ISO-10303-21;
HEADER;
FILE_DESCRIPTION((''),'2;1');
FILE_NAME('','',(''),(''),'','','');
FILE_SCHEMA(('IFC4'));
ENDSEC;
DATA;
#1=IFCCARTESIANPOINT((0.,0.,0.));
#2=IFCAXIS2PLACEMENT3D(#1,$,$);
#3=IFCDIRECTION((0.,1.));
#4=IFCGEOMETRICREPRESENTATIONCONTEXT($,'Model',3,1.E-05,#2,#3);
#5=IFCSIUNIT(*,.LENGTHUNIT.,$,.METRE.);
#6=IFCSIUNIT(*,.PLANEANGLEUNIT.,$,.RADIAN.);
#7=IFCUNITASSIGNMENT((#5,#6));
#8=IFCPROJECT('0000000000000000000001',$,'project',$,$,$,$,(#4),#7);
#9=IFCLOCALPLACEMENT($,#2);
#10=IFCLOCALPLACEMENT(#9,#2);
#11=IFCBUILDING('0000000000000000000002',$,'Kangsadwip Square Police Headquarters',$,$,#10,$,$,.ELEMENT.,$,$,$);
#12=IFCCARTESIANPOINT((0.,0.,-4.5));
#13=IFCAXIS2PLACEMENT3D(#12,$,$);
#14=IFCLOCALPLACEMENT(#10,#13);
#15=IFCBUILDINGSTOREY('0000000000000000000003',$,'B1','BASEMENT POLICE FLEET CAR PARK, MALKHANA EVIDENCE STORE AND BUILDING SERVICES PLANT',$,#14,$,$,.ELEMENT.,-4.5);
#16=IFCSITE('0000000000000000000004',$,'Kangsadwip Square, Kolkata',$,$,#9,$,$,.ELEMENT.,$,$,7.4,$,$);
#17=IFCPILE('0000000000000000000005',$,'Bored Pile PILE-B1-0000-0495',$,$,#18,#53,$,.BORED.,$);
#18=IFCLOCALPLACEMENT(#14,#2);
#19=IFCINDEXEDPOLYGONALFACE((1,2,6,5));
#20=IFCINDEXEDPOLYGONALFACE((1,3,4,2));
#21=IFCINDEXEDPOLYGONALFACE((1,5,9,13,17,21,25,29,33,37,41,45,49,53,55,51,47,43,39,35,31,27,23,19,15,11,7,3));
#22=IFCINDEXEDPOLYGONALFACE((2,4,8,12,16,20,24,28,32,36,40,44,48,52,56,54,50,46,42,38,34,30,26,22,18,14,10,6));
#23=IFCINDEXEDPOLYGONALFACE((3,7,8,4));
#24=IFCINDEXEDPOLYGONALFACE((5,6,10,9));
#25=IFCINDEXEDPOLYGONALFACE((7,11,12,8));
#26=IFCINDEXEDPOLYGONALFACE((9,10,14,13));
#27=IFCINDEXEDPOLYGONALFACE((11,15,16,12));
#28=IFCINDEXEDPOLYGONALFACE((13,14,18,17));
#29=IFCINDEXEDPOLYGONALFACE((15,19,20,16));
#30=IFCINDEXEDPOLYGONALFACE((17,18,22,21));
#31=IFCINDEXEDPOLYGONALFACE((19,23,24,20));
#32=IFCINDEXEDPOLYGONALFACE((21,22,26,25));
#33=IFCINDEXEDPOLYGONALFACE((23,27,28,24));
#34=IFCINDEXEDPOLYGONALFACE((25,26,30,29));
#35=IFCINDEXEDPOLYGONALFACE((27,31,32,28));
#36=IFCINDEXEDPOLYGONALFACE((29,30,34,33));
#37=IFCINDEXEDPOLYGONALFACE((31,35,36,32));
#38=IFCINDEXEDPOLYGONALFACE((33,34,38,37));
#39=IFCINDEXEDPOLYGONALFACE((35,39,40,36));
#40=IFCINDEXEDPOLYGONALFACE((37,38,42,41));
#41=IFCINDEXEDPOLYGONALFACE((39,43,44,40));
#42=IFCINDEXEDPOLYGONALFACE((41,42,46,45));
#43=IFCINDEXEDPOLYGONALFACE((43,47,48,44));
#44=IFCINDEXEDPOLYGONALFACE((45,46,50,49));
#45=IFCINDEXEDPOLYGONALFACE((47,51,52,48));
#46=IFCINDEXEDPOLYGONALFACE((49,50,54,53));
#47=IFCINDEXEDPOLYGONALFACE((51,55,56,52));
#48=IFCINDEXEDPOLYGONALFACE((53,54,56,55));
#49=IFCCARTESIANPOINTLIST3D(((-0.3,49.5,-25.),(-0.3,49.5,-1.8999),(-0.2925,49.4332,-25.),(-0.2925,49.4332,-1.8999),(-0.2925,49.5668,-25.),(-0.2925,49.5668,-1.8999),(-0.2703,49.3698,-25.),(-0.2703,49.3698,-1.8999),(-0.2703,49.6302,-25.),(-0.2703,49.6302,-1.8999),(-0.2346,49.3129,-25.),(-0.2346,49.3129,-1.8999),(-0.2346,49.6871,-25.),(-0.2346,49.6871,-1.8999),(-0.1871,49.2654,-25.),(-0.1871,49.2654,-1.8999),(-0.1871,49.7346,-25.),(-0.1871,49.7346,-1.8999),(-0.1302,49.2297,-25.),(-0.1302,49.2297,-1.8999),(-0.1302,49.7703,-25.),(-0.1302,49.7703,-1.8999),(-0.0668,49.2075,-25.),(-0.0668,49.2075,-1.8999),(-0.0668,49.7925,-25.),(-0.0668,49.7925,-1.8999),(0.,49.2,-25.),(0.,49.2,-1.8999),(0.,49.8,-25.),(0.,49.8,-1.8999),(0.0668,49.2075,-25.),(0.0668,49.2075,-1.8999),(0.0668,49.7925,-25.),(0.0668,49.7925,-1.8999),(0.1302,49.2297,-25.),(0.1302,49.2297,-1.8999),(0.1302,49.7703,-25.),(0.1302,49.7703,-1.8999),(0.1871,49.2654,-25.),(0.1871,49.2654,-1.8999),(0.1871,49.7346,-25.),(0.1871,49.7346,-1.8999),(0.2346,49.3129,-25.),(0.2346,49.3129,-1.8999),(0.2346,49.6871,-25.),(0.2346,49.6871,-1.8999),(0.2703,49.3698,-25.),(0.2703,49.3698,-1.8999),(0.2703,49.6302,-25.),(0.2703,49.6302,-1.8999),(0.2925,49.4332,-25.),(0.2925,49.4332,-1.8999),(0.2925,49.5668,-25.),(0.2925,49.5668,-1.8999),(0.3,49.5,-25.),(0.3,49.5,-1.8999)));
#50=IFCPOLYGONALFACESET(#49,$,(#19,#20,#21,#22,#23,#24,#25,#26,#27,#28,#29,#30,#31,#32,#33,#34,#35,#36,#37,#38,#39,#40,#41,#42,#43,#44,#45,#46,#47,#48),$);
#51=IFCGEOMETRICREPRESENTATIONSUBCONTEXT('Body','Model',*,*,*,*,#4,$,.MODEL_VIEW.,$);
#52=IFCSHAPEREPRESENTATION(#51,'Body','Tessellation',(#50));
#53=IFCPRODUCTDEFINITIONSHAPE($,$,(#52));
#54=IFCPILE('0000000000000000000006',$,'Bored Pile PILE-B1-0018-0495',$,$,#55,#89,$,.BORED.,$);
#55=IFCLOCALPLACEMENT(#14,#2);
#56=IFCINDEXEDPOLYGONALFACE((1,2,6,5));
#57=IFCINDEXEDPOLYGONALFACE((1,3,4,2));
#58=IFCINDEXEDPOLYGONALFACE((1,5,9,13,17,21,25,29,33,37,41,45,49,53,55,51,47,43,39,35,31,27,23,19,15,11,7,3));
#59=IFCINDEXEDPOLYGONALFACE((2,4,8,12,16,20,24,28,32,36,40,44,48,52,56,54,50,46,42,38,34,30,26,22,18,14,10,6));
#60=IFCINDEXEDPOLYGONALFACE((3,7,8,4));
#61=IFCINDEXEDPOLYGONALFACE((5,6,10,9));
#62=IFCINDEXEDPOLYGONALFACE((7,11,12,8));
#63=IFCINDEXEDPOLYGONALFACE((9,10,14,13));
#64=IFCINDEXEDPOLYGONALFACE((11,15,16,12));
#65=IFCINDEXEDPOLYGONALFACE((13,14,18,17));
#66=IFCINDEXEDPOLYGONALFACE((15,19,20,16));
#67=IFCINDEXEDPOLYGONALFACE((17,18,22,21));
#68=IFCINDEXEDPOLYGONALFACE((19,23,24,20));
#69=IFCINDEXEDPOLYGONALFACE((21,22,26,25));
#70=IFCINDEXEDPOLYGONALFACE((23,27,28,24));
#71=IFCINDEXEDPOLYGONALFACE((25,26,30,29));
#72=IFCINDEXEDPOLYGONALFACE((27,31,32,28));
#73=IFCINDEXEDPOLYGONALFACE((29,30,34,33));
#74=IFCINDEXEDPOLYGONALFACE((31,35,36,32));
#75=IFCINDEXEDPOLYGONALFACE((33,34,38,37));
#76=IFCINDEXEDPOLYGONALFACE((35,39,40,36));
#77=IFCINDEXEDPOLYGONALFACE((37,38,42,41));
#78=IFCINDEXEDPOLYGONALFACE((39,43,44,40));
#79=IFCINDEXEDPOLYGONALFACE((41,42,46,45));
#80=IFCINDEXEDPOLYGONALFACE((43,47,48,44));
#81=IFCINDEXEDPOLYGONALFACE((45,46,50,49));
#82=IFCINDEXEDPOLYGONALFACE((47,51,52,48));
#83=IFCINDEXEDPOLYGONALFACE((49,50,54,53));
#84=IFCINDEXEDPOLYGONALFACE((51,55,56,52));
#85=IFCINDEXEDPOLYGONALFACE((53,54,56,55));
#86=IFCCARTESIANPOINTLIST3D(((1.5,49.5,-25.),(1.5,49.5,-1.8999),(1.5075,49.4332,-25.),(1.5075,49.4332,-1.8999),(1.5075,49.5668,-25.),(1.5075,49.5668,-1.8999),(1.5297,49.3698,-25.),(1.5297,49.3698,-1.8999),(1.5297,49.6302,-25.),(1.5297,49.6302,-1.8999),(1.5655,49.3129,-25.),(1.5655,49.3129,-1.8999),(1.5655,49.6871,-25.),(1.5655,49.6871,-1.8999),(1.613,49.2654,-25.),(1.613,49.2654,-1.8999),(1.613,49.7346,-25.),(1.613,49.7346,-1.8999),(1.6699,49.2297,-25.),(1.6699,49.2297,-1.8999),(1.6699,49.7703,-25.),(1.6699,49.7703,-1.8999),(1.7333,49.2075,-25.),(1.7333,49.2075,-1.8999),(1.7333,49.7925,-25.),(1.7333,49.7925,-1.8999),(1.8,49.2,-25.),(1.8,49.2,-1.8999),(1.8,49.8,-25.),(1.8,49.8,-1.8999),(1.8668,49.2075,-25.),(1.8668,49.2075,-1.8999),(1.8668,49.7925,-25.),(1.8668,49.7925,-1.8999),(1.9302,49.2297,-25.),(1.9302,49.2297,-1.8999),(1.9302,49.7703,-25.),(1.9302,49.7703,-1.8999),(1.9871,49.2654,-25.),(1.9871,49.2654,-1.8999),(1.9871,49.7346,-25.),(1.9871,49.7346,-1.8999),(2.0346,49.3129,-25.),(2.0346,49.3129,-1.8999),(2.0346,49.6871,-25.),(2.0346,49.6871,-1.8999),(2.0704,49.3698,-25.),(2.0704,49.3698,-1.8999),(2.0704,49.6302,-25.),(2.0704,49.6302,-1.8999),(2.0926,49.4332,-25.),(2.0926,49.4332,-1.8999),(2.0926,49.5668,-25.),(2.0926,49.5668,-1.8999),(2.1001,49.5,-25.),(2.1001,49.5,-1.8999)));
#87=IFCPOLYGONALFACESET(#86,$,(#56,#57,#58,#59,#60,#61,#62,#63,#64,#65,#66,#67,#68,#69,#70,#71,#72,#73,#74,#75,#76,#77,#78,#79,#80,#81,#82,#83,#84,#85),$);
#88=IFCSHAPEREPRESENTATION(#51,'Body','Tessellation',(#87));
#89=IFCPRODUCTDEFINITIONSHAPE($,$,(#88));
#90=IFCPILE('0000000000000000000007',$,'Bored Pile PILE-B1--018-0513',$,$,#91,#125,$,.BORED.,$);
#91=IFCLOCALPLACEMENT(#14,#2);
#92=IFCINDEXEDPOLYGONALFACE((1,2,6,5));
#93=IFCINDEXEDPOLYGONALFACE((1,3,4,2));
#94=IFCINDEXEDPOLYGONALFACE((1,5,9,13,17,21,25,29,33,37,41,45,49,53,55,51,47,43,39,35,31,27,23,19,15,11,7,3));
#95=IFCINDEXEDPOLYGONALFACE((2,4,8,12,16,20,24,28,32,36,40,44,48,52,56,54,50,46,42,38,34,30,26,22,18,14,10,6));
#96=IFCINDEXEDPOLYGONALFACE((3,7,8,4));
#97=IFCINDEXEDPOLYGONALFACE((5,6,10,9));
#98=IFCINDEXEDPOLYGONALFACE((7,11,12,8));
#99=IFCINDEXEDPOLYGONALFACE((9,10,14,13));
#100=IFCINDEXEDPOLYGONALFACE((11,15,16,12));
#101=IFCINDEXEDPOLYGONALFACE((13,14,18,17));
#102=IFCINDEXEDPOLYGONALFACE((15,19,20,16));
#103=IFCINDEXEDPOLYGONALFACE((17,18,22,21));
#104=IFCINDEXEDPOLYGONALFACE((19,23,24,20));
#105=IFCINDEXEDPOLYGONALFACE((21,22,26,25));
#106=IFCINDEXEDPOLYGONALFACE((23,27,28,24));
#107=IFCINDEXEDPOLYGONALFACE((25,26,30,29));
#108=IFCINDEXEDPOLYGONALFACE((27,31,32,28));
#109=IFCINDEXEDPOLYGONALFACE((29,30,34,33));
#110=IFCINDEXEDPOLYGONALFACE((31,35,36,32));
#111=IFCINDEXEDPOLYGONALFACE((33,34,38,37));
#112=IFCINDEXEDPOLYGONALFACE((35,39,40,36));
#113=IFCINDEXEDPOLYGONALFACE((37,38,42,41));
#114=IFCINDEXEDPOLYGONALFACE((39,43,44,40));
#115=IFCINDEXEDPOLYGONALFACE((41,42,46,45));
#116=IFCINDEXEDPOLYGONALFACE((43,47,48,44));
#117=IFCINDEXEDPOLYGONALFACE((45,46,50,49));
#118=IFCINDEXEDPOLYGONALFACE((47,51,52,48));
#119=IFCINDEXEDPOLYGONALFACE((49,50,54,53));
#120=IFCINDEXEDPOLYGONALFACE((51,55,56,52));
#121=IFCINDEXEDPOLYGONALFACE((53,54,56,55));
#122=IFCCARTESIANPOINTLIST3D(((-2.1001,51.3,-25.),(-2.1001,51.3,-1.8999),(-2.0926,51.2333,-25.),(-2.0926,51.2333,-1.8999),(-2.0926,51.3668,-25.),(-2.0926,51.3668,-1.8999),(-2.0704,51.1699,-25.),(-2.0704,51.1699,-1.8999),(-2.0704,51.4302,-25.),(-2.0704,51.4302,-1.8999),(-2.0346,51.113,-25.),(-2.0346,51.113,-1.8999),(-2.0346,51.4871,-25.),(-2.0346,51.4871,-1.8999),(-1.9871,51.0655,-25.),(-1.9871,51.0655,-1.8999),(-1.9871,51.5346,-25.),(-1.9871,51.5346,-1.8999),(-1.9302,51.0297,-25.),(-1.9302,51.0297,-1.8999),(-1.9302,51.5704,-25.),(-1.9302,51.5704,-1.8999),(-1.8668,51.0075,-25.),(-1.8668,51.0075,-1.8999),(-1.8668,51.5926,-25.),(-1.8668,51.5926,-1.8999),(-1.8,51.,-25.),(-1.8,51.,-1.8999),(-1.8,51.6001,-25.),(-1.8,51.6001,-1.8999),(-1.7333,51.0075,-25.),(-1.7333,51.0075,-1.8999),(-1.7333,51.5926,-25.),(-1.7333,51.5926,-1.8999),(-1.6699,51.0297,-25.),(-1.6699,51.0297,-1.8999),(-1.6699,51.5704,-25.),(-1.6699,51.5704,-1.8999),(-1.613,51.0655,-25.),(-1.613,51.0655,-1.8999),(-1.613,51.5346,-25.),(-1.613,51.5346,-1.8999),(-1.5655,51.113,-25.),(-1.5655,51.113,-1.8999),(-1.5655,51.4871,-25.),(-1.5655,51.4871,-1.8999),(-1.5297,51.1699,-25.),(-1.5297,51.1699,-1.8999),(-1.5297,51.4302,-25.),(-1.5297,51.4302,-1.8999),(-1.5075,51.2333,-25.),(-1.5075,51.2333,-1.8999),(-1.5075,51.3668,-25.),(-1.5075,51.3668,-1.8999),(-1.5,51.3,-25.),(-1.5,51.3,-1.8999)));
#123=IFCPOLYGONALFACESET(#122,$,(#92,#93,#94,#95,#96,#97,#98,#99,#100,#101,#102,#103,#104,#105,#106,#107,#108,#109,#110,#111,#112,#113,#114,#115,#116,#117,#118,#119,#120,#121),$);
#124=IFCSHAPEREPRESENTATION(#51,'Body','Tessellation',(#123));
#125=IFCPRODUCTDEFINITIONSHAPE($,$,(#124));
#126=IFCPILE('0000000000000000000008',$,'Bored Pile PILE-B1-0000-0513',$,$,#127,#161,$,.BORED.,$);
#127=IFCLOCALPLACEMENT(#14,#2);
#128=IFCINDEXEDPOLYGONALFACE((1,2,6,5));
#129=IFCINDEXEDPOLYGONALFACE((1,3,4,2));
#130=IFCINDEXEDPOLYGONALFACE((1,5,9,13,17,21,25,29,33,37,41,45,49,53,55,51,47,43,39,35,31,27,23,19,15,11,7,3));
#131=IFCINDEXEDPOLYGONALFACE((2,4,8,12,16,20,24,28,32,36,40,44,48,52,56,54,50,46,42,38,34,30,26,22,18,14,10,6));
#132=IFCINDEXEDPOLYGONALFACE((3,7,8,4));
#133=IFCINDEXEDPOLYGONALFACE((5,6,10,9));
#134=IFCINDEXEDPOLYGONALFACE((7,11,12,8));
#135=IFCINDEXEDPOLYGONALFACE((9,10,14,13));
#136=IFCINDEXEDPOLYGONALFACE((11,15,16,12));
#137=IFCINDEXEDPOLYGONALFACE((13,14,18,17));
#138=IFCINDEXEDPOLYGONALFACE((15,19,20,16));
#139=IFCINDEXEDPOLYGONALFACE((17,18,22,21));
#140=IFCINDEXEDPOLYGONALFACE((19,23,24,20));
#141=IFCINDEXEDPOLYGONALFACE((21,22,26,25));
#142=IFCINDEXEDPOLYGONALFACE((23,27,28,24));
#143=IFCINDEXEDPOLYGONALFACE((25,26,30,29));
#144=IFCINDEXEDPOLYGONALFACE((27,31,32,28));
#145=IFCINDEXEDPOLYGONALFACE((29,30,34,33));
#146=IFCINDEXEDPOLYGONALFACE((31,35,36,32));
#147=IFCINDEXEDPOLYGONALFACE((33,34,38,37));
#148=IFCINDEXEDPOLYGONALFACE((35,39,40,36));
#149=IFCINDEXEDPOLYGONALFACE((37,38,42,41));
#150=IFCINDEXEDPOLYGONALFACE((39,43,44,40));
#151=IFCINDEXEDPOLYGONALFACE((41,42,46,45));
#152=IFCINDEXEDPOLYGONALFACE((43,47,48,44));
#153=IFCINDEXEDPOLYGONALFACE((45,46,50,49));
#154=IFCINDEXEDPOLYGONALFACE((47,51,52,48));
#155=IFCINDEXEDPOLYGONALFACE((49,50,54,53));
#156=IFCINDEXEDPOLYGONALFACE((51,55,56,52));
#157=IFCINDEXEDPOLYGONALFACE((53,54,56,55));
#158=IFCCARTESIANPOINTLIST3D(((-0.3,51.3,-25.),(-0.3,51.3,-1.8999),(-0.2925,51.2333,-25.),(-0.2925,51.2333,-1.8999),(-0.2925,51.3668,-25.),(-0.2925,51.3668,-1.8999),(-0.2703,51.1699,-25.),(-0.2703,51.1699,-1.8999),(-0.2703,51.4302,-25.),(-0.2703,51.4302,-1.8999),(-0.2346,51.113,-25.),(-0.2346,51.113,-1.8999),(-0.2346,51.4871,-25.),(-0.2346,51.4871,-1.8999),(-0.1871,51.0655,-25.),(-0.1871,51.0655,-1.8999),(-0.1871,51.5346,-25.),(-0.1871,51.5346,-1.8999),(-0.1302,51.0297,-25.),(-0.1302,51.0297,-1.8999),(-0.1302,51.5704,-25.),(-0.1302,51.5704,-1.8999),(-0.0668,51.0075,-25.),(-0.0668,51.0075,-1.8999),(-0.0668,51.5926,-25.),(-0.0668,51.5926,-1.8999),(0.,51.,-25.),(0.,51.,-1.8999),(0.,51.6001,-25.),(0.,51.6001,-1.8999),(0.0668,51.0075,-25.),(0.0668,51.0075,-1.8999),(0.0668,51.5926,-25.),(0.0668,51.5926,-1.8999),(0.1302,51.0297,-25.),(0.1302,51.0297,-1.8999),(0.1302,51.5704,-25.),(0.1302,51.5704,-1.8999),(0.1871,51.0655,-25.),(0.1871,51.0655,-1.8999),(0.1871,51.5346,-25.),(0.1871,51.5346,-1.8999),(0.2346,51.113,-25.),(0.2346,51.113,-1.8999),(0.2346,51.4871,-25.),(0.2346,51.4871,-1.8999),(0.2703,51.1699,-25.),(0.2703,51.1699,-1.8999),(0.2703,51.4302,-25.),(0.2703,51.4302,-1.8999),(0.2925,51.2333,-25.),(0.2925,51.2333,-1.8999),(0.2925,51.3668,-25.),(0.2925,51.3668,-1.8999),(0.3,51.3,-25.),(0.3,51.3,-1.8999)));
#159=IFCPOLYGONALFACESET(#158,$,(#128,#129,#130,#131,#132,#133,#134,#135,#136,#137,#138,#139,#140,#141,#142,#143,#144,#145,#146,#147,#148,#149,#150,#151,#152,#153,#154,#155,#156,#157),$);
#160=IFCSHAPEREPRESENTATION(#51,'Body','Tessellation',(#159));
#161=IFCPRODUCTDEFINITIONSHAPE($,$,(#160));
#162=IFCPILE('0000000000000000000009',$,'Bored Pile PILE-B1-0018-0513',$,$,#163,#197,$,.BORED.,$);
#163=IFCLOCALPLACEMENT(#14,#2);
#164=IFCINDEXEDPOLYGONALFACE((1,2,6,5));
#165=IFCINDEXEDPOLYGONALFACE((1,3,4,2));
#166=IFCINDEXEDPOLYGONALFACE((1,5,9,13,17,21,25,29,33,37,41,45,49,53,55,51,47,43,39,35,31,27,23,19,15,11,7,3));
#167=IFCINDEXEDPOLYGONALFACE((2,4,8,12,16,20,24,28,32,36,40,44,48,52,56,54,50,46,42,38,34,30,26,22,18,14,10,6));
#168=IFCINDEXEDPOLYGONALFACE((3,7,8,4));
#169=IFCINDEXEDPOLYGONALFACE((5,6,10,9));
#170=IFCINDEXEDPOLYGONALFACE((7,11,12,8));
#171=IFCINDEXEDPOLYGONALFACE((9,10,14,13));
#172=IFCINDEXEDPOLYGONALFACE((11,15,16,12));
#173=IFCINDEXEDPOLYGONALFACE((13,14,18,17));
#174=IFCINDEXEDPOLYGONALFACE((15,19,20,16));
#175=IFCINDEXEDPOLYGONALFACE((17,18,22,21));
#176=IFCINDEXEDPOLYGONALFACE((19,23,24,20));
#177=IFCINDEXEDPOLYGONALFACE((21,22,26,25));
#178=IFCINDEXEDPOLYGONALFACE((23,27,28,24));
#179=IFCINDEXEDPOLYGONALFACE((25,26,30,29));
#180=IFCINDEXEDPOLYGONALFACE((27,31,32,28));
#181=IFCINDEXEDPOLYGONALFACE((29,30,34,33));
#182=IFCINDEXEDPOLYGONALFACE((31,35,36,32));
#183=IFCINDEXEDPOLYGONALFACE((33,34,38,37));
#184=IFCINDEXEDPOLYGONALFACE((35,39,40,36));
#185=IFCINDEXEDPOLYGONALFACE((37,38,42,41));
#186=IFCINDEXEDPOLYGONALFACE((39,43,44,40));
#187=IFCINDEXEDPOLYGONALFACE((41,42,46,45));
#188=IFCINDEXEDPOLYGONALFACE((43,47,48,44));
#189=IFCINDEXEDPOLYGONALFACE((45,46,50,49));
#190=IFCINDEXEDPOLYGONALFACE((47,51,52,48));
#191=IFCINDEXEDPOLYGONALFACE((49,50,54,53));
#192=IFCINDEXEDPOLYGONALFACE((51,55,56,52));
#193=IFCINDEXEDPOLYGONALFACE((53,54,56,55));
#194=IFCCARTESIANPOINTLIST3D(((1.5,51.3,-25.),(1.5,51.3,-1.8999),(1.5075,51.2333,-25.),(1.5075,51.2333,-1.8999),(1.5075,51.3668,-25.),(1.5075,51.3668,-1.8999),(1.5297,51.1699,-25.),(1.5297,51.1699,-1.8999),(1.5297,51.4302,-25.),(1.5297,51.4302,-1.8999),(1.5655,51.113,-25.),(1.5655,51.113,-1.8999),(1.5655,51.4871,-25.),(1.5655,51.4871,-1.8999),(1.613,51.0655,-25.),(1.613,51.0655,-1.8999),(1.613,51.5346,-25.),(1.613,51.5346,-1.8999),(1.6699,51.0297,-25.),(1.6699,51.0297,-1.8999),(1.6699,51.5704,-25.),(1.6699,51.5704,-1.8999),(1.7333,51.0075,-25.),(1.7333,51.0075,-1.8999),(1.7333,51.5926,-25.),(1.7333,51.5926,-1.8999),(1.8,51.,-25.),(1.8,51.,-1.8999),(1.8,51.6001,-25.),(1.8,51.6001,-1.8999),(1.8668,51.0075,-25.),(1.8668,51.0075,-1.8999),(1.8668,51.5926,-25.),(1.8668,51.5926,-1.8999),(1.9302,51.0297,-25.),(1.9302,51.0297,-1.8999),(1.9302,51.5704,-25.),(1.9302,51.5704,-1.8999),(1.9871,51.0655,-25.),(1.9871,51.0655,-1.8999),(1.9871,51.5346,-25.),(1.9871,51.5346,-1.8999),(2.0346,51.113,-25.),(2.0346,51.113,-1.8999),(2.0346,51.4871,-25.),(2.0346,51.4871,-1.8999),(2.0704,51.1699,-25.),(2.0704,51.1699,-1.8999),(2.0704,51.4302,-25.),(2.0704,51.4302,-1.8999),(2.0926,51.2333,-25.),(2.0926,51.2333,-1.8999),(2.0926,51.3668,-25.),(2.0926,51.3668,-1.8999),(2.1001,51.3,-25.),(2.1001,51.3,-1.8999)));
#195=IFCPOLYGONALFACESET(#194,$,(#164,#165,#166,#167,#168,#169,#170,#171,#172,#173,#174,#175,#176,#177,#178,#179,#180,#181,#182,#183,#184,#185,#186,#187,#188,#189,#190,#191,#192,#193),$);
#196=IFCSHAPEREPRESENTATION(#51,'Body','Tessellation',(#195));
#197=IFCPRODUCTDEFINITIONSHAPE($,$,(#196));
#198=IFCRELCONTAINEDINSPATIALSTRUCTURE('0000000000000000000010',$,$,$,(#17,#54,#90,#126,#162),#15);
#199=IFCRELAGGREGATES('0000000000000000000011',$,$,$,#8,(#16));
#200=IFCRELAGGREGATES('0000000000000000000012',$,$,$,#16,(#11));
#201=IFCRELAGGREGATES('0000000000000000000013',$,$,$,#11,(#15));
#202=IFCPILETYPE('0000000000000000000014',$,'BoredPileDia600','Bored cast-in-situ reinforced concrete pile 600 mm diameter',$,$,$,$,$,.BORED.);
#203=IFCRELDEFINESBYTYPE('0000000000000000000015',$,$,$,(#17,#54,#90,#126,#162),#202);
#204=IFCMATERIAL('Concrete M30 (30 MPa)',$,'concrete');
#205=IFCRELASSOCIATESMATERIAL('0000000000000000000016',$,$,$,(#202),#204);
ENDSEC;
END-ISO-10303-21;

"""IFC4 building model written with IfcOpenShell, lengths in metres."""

from ifc_helpers import new_model, si_unit, direction, frame, origin, origin_2d, place, context, subcontext, project, spatial, circle, extrude, material, material_profile, profile_set, type_object, element, save


model = new_model("IFC4")

# Units and contexts
model_context = context("Model", 3, precision=1e-05, world=origin(), true_north=direction((0.0, 1.0)))
body_context = subcontext(model_context, "Body", "Model", "MODEL_VIEW")
ifc_project = project(units=[si_unit("LENGTHUNIT", "METRE"), si_unit("PLANEANGLEUNIT", "RADIAN")], contexts=[model_context])

# Site, building, storey
site_placement = place(None, origin())
site = spatial("IfcSite", under=ifc_project, at=site_placement, Name="Kangsadwip Square, Kolkata", CompositionType="ELEMENT", RefElevation=7.4)
building_placement = place(site_placement, origin())
building = spatial("IfcBuilding", under=site, at=building_placement, Name="Kangsadwip Square Police Headquarters", CompositionType="ELEMENT")
storey_placement = place(building_placement, frame((0.0, 0.0, -4.5)))
storey = spatial("IfcBuildingStorey", under=building, at=storey_placement, Name="B1", Description="BASEMENT POLICE FLEET CAR PARK, MALKHANA EVIDENCE STORE AND BUILDING SERVICES PLANT", CompositionType="ELEMENT", Elevation=-4.5)

# Piles
ifc_material_1 = material(Name="Concrete M30 (30 MPa)", Category="concrete")
ifc_material_profile_1 = material_profile(ifc_material_1, circle(Radius=0.3, at=origin_2d()), Name="PILE DIA 600")
ifc_profile_set_1 = profile_set([ifc_material_profile_1], Name="Concrete M30 (30 MPa)")
pile_type_1 = type_object("IfcPileType", Name="BoredPileDia600", Description="Bored cast-in-situ reinforced concrete pile 600 mm diameter", PredefinedType="BORED", material=ifc_profile_set_1)
for number, where, z_axis, x_axis, name in (
    (1, (0.0, 49.5, -1.8999), (0.0, 0.0, -1.0), (1.0, 0.0, 0.0), "Bored Pile PILE-B1-0000-0495"),
    (2, (1.8, 49.5, -1.8999), (0.0, 0.0, -1.0), (1.0, 0.0, 0.0), "Bored Pile PILE-B1-0018-0495"),
    (3, (-1.8, 51.3, -1.8999), (0.0, 0.0, -1.0), (1.0, 0.0, 0.0), "Bored Pile PILE-B1--018-0513"),
    (4, (0.0, 51.3, -1.8999), (0.0, 0.0, -1.0), (1.0, 0.0, 0.0), "Bored Pile PILE-B1-0000-0513"),
    (5, (1.8, 51.3, -1.8999), (0.0, 0.0, -1.0), (1.0, 0.0, 0.0), "Bored Pile PILE-B1-0018-0513"),
):
    element("IfcPile", number, at=place(storey_placement, frame(where, z_axis=z_axis, x_axis=x_axis)), inside=storey, type_object=pile_type_1, Name=name, PredefinedType="BORED", context=body_context, shape_type="SweptSolid", body=[
        extrude(circle(Radius=0.3, at=origin_2d()), origin(), (0.0, 0.0, 1.0), 23.1001),
    ])

save(model, "model.ifc")
